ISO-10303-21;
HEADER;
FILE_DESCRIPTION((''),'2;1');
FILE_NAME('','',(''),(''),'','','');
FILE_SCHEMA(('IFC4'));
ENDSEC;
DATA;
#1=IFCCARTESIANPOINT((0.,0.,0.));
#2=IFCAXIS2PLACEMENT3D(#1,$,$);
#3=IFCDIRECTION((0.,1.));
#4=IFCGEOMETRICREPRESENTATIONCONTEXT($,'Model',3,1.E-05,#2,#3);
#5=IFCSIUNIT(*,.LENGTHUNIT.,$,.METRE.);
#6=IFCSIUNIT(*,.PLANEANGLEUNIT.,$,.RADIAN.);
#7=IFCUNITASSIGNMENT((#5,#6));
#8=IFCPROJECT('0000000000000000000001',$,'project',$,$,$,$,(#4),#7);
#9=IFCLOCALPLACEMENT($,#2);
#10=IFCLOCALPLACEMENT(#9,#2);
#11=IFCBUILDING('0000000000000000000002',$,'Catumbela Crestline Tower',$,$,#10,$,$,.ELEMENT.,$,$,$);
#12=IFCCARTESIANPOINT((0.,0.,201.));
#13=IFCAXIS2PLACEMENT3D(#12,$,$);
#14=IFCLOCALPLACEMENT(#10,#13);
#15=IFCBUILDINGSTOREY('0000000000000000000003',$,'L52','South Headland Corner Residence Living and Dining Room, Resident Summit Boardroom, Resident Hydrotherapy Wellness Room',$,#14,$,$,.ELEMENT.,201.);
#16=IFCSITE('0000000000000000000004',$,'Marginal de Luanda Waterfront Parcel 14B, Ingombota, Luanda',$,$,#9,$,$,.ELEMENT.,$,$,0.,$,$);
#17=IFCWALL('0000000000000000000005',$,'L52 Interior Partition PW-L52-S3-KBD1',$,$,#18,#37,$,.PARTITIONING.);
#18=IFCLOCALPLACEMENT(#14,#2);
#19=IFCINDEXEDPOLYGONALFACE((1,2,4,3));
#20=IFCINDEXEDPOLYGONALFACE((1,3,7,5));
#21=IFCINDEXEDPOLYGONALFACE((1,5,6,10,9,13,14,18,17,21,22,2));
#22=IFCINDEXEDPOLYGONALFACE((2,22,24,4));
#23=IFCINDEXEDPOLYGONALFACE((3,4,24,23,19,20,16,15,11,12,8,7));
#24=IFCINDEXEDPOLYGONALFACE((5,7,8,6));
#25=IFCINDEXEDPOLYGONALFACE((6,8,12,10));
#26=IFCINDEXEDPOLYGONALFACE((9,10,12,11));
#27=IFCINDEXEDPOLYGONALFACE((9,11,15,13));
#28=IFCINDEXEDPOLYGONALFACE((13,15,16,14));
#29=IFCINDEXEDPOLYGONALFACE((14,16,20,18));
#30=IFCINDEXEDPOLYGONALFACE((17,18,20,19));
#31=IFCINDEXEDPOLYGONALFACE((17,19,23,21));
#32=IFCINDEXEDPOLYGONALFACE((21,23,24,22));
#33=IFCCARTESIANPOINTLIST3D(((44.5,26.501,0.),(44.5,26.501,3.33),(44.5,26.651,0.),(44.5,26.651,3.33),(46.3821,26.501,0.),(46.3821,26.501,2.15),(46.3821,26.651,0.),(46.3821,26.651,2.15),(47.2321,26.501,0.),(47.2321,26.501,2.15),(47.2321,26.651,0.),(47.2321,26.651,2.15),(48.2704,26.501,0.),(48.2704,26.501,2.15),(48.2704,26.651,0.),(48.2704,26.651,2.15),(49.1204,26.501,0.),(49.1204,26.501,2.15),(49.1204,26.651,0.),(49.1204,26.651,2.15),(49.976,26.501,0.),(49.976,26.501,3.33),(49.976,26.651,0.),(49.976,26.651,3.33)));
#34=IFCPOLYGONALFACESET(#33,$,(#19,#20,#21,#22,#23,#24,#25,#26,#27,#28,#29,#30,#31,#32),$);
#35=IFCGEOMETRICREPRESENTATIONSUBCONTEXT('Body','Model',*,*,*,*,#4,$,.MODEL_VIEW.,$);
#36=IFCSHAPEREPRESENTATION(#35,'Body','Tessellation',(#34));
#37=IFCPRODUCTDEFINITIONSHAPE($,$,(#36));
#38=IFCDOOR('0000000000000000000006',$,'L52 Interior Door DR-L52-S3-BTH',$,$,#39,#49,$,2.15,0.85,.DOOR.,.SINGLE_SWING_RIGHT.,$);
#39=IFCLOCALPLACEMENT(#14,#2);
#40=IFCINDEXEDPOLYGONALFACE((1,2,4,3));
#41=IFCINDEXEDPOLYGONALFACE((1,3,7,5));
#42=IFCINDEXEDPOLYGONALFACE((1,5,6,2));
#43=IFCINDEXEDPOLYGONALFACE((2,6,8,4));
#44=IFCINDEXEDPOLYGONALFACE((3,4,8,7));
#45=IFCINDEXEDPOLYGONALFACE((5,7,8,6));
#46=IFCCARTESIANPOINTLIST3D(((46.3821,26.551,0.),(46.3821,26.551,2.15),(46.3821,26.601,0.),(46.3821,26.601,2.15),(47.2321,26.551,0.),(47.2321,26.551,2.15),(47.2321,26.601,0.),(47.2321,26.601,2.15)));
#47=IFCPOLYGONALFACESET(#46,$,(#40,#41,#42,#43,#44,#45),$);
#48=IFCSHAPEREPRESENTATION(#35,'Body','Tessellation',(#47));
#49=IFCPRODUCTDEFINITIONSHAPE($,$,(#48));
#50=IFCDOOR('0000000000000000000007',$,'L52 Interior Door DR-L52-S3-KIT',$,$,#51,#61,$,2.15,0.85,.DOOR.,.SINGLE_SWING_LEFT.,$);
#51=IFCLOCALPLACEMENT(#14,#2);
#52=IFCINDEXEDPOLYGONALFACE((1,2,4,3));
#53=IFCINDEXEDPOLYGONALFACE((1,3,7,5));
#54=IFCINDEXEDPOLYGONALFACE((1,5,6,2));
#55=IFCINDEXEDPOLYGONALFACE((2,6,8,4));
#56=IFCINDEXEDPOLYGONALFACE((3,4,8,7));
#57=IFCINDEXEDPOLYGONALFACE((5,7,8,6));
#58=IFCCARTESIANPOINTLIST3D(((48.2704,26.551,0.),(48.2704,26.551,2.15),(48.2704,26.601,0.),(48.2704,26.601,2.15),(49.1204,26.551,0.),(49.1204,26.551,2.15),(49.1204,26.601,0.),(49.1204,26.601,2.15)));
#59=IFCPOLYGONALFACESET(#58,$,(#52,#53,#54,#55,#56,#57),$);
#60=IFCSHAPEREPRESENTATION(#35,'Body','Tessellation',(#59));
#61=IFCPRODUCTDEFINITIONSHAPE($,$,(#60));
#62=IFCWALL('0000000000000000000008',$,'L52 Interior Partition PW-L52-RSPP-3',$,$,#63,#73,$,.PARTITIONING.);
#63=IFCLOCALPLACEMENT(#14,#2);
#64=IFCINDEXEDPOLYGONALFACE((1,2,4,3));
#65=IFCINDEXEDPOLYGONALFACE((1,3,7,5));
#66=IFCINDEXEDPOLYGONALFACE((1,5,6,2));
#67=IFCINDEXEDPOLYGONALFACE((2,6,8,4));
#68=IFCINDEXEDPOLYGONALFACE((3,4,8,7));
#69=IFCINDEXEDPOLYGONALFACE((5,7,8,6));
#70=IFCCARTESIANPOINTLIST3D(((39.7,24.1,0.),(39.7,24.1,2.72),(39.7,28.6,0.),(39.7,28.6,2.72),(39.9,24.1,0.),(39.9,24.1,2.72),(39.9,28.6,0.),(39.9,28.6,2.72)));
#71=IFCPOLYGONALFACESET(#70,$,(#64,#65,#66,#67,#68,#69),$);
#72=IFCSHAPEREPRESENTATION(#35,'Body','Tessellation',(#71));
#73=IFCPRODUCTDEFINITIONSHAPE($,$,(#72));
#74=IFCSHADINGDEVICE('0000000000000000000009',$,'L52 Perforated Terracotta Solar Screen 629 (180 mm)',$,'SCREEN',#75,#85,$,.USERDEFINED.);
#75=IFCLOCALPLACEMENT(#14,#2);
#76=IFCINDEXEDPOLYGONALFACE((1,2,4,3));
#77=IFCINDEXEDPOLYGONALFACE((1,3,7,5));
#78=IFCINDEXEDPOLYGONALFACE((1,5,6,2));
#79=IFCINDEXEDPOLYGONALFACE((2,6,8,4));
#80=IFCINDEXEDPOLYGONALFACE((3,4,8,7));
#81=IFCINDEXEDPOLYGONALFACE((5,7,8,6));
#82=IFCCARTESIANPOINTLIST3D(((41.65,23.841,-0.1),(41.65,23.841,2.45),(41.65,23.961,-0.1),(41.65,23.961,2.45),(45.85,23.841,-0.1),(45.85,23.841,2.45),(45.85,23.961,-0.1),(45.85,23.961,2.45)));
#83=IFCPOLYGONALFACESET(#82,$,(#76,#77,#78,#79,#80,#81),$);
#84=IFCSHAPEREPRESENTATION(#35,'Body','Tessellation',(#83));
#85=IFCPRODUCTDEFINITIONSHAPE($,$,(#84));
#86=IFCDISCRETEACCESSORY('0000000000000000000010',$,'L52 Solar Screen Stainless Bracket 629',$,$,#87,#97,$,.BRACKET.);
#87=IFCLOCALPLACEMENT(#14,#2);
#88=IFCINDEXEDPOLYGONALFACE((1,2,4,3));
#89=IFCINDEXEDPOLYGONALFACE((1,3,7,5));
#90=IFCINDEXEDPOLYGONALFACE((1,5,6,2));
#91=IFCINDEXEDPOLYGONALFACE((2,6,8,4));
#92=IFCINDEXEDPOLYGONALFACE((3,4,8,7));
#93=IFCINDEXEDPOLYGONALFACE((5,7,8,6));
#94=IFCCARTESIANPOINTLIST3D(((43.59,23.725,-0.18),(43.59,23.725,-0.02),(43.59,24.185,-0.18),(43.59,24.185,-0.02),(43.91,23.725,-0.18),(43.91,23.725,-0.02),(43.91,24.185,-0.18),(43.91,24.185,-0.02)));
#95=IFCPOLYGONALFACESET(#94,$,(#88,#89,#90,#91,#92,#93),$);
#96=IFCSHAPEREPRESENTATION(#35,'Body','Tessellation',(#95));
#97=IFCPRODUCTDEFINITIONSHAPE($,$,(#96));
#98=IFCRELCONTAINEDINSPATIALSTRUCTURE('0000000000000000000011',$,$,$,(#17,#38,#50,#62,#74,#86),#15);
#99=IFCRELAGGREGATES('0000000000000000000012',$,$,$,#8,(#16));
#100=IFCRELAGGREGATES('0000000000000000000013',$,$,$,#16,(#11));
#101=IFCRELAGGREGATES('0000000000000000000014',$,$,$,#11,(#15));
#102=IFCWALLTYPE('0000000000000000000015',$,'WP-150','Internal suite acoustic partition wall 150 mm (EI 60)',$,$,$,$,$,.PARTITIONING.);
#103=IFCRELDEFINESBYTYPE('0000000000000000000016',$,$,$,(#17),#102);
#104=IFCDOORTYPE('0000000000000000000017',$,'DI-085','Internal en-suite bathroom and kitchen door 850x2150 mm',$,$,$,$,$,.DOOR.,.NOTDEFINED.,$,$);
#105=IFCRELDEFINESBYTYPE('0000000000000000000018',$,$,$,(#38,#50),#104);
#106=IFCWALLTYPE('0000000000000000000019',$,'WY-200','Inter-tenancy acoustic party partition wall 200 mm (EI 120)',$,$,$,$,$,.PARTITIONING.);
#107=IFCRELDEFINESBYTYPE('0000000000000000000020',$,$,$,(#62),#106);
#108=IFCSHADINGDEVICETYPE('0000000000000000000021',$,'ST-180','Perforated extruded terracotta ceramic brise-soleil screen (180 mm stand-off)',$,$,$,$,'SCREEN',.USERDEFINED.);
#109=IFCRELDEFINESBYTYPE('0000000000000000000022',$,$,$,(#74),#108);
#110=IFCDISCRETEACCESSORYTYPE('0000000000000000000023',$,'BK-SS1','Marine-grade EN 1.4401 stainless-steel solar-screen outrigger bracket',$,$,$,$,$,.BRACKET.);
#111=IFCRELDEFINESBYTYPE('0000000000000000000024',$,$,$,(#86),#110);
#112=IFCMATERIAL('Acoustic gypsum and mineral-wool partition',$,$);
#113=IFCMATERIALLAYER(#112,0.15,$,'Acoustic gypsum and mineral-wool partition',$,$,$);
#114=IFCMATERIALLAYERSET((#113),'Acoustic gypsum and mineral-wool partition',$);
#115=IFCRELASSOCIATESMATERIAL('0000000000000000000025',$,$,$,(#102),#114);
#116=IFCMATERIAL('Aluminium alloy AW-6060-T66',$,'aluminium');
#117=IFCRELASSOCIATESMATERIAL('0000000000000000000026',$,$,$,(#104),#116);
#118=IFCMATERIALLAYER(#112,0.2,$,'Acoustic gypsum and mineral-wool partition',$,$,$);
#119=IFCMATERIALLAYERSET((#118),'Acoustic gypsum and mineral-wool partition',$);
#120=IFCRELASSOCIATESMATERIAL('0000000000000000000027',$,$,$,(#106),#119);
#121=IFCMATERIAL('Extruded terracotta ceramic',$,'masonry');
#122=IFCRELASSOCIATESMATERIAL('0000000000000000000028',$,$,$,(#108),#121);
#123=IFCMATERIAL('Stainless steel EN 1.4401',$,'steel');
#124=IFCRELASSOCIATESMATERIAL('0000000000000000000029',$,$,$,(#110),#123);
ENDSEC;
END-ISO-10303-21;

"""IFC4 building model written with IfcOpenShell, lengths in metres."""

from ifc_helpers import new_model, si_unit, direction, frame, frame_2d, origin, origin_2d, place, context, subcontext, project, spatial, rectangle, extrude, material, layer, layer_set, type_object, element, fill, save


model = new_model("IFC4")

# Units and contexts
model_context = context("Model", 3, precision=1e-05, world=origin(), true_north=direction((0.0, 1.0)))
body_context = subcontext(model_context, "Body", "Model", "MODEL_VIEW")
ifc_project = project(units=[si_unit("LENGTHUNIT", "METRE"), si_unit("PLANEANGLEUNIT", "RADIAN")], contexts=[model_context])

# Site, building, storey
site_placement = place(None, origin())
site = spatial("IfcSite", under=ifc_project, at=site_placement, Name="Marginal de Luanda Waterfront Parcel 14B, Ingombota, Luanda", CompositionType="ELEMENT", RefElevation=0.0)
building_placement = place(site_placement, origin())
building = spatial("IfcBuilding", under=site, at=building_placement, Name="Catumbela Crestline Tower", CompositionType="ELEMENT")
storey_placement = place(building_placement, frame((0.0, 0.0, 201.0)))
storey = spatial("IfcBuildingStorey", under=building, at=storey_placement, Name="L52", Description="South Headland Corner Residence Living and Dining Room, Resident Summit Boardroom, Resident Hydrotherapy Wellness Room", CompositionType="ELEMENT", Elevation=201.0)

# Shared definitions
ifc_material_1 = material(Name="Aluminium alloy AW-6060-T66", Category="aluminium")

# Shared definitions
ifc_material_2 = material(Name="Acoustic gypsum and mineral-wool partition")
ifc_layer_1 = layer(ifc_material_2, 0.15, Name="Acoustic gypsum and mineral-wool partition")
ifc_layer_set_1 = layer_set([ifc_layer_1], Name="Acoustic gypsum and mineral-wool partition")
wall_type_1 = type_object("IfcWallType", Name="WP-150", Description="Internal suite acoustic partition wall 150 mm (EI 60)", PredefinedType="PARTITIONING", material=ifc_layer_set_1)

# Wall, openings, doors
wall_1_placement = place(storey_placement, frame((44.5, 26.576, 0.0), z_axis=(0.0, 0.0, 1.0), x_axis=(1.0, 0.0, 0.0)))
wall_1 = element("IfcWall", 1, at=wall_1_placement, inside=storey, type_object=wall_type_1, Name="L52 Interior Partition PW-L52-S3-KBD1", PredefinedType="PARTITIONING", context=body_context, shape_type="SweptSolid", body=[
    extrude(rectangle(XDim=5.476, YDim=0.15, at=frame_2d((2.738, 0.0))), origin(), (0.0, 0.0, 1.0), 3.33),
])
opening_1_placement = place(wall_1_placement, frame((1.8821, 0.0, 0.0)))
opening_1 = element("IfcOpeningElement", 2, at=opening_1_placement, cuts=wall_1, PredefinedType="OPENING", context=body_context, shape_type="SweptSolid", body=[
    extrude(rectangle(XDim=0.85, YDim=2.15, at=frame_2d((0.425, 1.075))), frame((0.0, 0.085, 0.0), z_axis=(0.0, -1.0, 0.0), x_axis=(1.0, 0.0, 0.0)), (0.0, 0.0, 1.0), 0.17),
])
opening_2_placement = place(wall_1_placement, frame((3.7704, 0.0, 0.0)))
opening_2 = element("IfcOpeningElement", 3, at=opening_2_placement, cuts=wall_1, PredefinedType="OPENING", context=body_context, shape_type="SweptSolid", body=[
    extrude(rectangle(XDim=0.85, YDim=2.15, at=frame_2d((0.425, 1.075))), frame((0.0, 0.085, 0.0), z_axis=(0.0, -1.0, 0.0), x_axis=(1.0, 0.0, 0.0)), (0.0, 0.0, 1.0), 0.17),
])
door_type = type_object("IfcDoorType", Name="DI-085", Description="Internal en-suite bathroom and kitchen door 850x2150 mm", OperationType="NOTDEFINED", PredefinedType="DOOR", material=ifc_material_1)
door_1_placement = place(opening_1_placement, origin())
door_1 = element("IfcDoor", 4, at=door_1_placement, inside=storey, type_object=door_type, Name="L52 Interior Door DR-L52-S3-BTH", OperationType="SINGLE_SWING_RIGHT", OverallHeight=2.15, OverallWidth=0.85, PredefinedType="DOOR", context=body_context, shape_type="SweptSolid", body=[
    extrude(rectangle(XDim=0.85, YDim=2.15, at=frame_2d((0.425, 1.075))), frame((0.0, 0.025, 0.0), z_axis=(0.0, -1.0, 0.0), x_axis=(1.0, 0.0, 0.0)), (0.0, 0.0, 1.0), 0.05),
])
fill(opening_1, door_1)
door_2_placement = place(opening_2_placement, origin())
door_2 = element("IfcDoor", 5, at=door_2_placement, inside=storey, type_object=door_type, Name="L52 Interior Door DR-L52-S3-KIT", OperationType="SINGLE_SWING_LEFT", OverallHeight=2.15, OverallWidth=0.85, PredefinedType="DOOR", context=body_context, shape_type="SweptSolid", body=[
    extrude(rectangle(XDim=0.85, YDim=2.15, at=frame_2d((0.425, 1.075))), frame((0.0, 0.025, 0.0), z_axis=(0.0, -1.0, 0.0), x_axis=(1.0, 0.0, 0.0)), (0.0, 0.0, 1.0), 0.05),
])
fill(opening_2, door_2)

# Wall
ifc_layer_2 = layer(ifc_material_2, 0.2, Name="Acoustic gypsum and mineral-wool partition")
ifc_layer_set_2 = layer_set([ifc_layer_2], Name="Acoustic gypsum and mineral-wool partition")
wall_type_2 = type_object("IfcWallType", Name="WY-200", Description="Inter-tenancy acoustic party partition wall 200 mm (EI 120)", PredefinedType="PARTITIONING", material=ifc_layer_set_2)
wall_2_placement = place(storey_placement, frame((39.8, 24.1, 0.0), z_axis=(0.0, 0.0, 1.0), x_axis=(0.0, 1.0, 0.0)))
element("IfcWall", 6, at=wall_2_placement, inside=storey, type_object=wall_type_2, Name="L52 Interior Partition PW-L52-RSPP-3", PredefinedType="PARTITIONING", context=body_context, shape_type="SweptSolid", body=[
    extrude(rectangle(XDim=4.5, YDim=0.2, at=frame_2d((2.25, 0.0))), origin(), (0.0, 0.0, 1.0), 2.72),
])

# Shading device
ifc_material_3 = material(Name="Extruded terracotta ceramic", Category="masonry")
shading_device_type = type_object("IfcShadingDeviceType", Name="ST-180", Description="Perforated extruded terracotta ceramic brise-soleil screen (180 mm stand-off)", ElementType="SCREEN", PredefinedType="USERDEFINED", material=ifc_material_3)
shading_device_placement = place(storey_placement, frame((43.75, 23.901, -0.1), z_axis=(0.0, 0.0, 1.0), x_axis=(1.0, 0.0, 0.0)))
element("IfcShadingDevice", 7, at=shading_device_placement, inside=storey, type_object=shading_device_type, Name="L52 Perforated Terracotta Solar Screen 629 (180 mm)", ObjectType="SCREEN", PredefinedType="USERDEFINED", context=body_context, shape_type="SweptSolid", body=[
    extrude(rectangle(XDim=4.2, YDim=0.12, at=origin_2d()), origin(), (0.0, 0.0, 1.0), 2.55),
])

# Discrete accessory
ifc_material_4 = material(Name="Stainless steel EN 1.4401", Category="steel")
discrete_accessory_type = type_object("IfcDiscreteAccessoryType", Name="BK-SS1", Description="Marine-grade EN 1.4401 stainless-steel solar-screen outrigger bracket", PredefinedType="BRACKET", material=ifc_material_4)
discrete_accessory_placement = place(storey_placement, frame((43.75, 23.955, -0.18), z_axis=(0.0, 0.0, 1.0), x_axis=(1.0, 0.0, 0.0)))
element("IfcDiscreteAccessory", 8, at=discrete_accessory_placement, inside=storey, type_object=discrete_accessory_type, Name="L52 Solar Screen Stainless Bracket 629", PredefinedType="BRACKET", context=body_context, shape_type="SweptSolid", body=[
    extrude(rectangle(XDim=0.32, YDim=0.46, at=origin_2d()), origin(), (0.0, 0.0, 1.0), 0.16),
])

save(model, "model.ifc")
